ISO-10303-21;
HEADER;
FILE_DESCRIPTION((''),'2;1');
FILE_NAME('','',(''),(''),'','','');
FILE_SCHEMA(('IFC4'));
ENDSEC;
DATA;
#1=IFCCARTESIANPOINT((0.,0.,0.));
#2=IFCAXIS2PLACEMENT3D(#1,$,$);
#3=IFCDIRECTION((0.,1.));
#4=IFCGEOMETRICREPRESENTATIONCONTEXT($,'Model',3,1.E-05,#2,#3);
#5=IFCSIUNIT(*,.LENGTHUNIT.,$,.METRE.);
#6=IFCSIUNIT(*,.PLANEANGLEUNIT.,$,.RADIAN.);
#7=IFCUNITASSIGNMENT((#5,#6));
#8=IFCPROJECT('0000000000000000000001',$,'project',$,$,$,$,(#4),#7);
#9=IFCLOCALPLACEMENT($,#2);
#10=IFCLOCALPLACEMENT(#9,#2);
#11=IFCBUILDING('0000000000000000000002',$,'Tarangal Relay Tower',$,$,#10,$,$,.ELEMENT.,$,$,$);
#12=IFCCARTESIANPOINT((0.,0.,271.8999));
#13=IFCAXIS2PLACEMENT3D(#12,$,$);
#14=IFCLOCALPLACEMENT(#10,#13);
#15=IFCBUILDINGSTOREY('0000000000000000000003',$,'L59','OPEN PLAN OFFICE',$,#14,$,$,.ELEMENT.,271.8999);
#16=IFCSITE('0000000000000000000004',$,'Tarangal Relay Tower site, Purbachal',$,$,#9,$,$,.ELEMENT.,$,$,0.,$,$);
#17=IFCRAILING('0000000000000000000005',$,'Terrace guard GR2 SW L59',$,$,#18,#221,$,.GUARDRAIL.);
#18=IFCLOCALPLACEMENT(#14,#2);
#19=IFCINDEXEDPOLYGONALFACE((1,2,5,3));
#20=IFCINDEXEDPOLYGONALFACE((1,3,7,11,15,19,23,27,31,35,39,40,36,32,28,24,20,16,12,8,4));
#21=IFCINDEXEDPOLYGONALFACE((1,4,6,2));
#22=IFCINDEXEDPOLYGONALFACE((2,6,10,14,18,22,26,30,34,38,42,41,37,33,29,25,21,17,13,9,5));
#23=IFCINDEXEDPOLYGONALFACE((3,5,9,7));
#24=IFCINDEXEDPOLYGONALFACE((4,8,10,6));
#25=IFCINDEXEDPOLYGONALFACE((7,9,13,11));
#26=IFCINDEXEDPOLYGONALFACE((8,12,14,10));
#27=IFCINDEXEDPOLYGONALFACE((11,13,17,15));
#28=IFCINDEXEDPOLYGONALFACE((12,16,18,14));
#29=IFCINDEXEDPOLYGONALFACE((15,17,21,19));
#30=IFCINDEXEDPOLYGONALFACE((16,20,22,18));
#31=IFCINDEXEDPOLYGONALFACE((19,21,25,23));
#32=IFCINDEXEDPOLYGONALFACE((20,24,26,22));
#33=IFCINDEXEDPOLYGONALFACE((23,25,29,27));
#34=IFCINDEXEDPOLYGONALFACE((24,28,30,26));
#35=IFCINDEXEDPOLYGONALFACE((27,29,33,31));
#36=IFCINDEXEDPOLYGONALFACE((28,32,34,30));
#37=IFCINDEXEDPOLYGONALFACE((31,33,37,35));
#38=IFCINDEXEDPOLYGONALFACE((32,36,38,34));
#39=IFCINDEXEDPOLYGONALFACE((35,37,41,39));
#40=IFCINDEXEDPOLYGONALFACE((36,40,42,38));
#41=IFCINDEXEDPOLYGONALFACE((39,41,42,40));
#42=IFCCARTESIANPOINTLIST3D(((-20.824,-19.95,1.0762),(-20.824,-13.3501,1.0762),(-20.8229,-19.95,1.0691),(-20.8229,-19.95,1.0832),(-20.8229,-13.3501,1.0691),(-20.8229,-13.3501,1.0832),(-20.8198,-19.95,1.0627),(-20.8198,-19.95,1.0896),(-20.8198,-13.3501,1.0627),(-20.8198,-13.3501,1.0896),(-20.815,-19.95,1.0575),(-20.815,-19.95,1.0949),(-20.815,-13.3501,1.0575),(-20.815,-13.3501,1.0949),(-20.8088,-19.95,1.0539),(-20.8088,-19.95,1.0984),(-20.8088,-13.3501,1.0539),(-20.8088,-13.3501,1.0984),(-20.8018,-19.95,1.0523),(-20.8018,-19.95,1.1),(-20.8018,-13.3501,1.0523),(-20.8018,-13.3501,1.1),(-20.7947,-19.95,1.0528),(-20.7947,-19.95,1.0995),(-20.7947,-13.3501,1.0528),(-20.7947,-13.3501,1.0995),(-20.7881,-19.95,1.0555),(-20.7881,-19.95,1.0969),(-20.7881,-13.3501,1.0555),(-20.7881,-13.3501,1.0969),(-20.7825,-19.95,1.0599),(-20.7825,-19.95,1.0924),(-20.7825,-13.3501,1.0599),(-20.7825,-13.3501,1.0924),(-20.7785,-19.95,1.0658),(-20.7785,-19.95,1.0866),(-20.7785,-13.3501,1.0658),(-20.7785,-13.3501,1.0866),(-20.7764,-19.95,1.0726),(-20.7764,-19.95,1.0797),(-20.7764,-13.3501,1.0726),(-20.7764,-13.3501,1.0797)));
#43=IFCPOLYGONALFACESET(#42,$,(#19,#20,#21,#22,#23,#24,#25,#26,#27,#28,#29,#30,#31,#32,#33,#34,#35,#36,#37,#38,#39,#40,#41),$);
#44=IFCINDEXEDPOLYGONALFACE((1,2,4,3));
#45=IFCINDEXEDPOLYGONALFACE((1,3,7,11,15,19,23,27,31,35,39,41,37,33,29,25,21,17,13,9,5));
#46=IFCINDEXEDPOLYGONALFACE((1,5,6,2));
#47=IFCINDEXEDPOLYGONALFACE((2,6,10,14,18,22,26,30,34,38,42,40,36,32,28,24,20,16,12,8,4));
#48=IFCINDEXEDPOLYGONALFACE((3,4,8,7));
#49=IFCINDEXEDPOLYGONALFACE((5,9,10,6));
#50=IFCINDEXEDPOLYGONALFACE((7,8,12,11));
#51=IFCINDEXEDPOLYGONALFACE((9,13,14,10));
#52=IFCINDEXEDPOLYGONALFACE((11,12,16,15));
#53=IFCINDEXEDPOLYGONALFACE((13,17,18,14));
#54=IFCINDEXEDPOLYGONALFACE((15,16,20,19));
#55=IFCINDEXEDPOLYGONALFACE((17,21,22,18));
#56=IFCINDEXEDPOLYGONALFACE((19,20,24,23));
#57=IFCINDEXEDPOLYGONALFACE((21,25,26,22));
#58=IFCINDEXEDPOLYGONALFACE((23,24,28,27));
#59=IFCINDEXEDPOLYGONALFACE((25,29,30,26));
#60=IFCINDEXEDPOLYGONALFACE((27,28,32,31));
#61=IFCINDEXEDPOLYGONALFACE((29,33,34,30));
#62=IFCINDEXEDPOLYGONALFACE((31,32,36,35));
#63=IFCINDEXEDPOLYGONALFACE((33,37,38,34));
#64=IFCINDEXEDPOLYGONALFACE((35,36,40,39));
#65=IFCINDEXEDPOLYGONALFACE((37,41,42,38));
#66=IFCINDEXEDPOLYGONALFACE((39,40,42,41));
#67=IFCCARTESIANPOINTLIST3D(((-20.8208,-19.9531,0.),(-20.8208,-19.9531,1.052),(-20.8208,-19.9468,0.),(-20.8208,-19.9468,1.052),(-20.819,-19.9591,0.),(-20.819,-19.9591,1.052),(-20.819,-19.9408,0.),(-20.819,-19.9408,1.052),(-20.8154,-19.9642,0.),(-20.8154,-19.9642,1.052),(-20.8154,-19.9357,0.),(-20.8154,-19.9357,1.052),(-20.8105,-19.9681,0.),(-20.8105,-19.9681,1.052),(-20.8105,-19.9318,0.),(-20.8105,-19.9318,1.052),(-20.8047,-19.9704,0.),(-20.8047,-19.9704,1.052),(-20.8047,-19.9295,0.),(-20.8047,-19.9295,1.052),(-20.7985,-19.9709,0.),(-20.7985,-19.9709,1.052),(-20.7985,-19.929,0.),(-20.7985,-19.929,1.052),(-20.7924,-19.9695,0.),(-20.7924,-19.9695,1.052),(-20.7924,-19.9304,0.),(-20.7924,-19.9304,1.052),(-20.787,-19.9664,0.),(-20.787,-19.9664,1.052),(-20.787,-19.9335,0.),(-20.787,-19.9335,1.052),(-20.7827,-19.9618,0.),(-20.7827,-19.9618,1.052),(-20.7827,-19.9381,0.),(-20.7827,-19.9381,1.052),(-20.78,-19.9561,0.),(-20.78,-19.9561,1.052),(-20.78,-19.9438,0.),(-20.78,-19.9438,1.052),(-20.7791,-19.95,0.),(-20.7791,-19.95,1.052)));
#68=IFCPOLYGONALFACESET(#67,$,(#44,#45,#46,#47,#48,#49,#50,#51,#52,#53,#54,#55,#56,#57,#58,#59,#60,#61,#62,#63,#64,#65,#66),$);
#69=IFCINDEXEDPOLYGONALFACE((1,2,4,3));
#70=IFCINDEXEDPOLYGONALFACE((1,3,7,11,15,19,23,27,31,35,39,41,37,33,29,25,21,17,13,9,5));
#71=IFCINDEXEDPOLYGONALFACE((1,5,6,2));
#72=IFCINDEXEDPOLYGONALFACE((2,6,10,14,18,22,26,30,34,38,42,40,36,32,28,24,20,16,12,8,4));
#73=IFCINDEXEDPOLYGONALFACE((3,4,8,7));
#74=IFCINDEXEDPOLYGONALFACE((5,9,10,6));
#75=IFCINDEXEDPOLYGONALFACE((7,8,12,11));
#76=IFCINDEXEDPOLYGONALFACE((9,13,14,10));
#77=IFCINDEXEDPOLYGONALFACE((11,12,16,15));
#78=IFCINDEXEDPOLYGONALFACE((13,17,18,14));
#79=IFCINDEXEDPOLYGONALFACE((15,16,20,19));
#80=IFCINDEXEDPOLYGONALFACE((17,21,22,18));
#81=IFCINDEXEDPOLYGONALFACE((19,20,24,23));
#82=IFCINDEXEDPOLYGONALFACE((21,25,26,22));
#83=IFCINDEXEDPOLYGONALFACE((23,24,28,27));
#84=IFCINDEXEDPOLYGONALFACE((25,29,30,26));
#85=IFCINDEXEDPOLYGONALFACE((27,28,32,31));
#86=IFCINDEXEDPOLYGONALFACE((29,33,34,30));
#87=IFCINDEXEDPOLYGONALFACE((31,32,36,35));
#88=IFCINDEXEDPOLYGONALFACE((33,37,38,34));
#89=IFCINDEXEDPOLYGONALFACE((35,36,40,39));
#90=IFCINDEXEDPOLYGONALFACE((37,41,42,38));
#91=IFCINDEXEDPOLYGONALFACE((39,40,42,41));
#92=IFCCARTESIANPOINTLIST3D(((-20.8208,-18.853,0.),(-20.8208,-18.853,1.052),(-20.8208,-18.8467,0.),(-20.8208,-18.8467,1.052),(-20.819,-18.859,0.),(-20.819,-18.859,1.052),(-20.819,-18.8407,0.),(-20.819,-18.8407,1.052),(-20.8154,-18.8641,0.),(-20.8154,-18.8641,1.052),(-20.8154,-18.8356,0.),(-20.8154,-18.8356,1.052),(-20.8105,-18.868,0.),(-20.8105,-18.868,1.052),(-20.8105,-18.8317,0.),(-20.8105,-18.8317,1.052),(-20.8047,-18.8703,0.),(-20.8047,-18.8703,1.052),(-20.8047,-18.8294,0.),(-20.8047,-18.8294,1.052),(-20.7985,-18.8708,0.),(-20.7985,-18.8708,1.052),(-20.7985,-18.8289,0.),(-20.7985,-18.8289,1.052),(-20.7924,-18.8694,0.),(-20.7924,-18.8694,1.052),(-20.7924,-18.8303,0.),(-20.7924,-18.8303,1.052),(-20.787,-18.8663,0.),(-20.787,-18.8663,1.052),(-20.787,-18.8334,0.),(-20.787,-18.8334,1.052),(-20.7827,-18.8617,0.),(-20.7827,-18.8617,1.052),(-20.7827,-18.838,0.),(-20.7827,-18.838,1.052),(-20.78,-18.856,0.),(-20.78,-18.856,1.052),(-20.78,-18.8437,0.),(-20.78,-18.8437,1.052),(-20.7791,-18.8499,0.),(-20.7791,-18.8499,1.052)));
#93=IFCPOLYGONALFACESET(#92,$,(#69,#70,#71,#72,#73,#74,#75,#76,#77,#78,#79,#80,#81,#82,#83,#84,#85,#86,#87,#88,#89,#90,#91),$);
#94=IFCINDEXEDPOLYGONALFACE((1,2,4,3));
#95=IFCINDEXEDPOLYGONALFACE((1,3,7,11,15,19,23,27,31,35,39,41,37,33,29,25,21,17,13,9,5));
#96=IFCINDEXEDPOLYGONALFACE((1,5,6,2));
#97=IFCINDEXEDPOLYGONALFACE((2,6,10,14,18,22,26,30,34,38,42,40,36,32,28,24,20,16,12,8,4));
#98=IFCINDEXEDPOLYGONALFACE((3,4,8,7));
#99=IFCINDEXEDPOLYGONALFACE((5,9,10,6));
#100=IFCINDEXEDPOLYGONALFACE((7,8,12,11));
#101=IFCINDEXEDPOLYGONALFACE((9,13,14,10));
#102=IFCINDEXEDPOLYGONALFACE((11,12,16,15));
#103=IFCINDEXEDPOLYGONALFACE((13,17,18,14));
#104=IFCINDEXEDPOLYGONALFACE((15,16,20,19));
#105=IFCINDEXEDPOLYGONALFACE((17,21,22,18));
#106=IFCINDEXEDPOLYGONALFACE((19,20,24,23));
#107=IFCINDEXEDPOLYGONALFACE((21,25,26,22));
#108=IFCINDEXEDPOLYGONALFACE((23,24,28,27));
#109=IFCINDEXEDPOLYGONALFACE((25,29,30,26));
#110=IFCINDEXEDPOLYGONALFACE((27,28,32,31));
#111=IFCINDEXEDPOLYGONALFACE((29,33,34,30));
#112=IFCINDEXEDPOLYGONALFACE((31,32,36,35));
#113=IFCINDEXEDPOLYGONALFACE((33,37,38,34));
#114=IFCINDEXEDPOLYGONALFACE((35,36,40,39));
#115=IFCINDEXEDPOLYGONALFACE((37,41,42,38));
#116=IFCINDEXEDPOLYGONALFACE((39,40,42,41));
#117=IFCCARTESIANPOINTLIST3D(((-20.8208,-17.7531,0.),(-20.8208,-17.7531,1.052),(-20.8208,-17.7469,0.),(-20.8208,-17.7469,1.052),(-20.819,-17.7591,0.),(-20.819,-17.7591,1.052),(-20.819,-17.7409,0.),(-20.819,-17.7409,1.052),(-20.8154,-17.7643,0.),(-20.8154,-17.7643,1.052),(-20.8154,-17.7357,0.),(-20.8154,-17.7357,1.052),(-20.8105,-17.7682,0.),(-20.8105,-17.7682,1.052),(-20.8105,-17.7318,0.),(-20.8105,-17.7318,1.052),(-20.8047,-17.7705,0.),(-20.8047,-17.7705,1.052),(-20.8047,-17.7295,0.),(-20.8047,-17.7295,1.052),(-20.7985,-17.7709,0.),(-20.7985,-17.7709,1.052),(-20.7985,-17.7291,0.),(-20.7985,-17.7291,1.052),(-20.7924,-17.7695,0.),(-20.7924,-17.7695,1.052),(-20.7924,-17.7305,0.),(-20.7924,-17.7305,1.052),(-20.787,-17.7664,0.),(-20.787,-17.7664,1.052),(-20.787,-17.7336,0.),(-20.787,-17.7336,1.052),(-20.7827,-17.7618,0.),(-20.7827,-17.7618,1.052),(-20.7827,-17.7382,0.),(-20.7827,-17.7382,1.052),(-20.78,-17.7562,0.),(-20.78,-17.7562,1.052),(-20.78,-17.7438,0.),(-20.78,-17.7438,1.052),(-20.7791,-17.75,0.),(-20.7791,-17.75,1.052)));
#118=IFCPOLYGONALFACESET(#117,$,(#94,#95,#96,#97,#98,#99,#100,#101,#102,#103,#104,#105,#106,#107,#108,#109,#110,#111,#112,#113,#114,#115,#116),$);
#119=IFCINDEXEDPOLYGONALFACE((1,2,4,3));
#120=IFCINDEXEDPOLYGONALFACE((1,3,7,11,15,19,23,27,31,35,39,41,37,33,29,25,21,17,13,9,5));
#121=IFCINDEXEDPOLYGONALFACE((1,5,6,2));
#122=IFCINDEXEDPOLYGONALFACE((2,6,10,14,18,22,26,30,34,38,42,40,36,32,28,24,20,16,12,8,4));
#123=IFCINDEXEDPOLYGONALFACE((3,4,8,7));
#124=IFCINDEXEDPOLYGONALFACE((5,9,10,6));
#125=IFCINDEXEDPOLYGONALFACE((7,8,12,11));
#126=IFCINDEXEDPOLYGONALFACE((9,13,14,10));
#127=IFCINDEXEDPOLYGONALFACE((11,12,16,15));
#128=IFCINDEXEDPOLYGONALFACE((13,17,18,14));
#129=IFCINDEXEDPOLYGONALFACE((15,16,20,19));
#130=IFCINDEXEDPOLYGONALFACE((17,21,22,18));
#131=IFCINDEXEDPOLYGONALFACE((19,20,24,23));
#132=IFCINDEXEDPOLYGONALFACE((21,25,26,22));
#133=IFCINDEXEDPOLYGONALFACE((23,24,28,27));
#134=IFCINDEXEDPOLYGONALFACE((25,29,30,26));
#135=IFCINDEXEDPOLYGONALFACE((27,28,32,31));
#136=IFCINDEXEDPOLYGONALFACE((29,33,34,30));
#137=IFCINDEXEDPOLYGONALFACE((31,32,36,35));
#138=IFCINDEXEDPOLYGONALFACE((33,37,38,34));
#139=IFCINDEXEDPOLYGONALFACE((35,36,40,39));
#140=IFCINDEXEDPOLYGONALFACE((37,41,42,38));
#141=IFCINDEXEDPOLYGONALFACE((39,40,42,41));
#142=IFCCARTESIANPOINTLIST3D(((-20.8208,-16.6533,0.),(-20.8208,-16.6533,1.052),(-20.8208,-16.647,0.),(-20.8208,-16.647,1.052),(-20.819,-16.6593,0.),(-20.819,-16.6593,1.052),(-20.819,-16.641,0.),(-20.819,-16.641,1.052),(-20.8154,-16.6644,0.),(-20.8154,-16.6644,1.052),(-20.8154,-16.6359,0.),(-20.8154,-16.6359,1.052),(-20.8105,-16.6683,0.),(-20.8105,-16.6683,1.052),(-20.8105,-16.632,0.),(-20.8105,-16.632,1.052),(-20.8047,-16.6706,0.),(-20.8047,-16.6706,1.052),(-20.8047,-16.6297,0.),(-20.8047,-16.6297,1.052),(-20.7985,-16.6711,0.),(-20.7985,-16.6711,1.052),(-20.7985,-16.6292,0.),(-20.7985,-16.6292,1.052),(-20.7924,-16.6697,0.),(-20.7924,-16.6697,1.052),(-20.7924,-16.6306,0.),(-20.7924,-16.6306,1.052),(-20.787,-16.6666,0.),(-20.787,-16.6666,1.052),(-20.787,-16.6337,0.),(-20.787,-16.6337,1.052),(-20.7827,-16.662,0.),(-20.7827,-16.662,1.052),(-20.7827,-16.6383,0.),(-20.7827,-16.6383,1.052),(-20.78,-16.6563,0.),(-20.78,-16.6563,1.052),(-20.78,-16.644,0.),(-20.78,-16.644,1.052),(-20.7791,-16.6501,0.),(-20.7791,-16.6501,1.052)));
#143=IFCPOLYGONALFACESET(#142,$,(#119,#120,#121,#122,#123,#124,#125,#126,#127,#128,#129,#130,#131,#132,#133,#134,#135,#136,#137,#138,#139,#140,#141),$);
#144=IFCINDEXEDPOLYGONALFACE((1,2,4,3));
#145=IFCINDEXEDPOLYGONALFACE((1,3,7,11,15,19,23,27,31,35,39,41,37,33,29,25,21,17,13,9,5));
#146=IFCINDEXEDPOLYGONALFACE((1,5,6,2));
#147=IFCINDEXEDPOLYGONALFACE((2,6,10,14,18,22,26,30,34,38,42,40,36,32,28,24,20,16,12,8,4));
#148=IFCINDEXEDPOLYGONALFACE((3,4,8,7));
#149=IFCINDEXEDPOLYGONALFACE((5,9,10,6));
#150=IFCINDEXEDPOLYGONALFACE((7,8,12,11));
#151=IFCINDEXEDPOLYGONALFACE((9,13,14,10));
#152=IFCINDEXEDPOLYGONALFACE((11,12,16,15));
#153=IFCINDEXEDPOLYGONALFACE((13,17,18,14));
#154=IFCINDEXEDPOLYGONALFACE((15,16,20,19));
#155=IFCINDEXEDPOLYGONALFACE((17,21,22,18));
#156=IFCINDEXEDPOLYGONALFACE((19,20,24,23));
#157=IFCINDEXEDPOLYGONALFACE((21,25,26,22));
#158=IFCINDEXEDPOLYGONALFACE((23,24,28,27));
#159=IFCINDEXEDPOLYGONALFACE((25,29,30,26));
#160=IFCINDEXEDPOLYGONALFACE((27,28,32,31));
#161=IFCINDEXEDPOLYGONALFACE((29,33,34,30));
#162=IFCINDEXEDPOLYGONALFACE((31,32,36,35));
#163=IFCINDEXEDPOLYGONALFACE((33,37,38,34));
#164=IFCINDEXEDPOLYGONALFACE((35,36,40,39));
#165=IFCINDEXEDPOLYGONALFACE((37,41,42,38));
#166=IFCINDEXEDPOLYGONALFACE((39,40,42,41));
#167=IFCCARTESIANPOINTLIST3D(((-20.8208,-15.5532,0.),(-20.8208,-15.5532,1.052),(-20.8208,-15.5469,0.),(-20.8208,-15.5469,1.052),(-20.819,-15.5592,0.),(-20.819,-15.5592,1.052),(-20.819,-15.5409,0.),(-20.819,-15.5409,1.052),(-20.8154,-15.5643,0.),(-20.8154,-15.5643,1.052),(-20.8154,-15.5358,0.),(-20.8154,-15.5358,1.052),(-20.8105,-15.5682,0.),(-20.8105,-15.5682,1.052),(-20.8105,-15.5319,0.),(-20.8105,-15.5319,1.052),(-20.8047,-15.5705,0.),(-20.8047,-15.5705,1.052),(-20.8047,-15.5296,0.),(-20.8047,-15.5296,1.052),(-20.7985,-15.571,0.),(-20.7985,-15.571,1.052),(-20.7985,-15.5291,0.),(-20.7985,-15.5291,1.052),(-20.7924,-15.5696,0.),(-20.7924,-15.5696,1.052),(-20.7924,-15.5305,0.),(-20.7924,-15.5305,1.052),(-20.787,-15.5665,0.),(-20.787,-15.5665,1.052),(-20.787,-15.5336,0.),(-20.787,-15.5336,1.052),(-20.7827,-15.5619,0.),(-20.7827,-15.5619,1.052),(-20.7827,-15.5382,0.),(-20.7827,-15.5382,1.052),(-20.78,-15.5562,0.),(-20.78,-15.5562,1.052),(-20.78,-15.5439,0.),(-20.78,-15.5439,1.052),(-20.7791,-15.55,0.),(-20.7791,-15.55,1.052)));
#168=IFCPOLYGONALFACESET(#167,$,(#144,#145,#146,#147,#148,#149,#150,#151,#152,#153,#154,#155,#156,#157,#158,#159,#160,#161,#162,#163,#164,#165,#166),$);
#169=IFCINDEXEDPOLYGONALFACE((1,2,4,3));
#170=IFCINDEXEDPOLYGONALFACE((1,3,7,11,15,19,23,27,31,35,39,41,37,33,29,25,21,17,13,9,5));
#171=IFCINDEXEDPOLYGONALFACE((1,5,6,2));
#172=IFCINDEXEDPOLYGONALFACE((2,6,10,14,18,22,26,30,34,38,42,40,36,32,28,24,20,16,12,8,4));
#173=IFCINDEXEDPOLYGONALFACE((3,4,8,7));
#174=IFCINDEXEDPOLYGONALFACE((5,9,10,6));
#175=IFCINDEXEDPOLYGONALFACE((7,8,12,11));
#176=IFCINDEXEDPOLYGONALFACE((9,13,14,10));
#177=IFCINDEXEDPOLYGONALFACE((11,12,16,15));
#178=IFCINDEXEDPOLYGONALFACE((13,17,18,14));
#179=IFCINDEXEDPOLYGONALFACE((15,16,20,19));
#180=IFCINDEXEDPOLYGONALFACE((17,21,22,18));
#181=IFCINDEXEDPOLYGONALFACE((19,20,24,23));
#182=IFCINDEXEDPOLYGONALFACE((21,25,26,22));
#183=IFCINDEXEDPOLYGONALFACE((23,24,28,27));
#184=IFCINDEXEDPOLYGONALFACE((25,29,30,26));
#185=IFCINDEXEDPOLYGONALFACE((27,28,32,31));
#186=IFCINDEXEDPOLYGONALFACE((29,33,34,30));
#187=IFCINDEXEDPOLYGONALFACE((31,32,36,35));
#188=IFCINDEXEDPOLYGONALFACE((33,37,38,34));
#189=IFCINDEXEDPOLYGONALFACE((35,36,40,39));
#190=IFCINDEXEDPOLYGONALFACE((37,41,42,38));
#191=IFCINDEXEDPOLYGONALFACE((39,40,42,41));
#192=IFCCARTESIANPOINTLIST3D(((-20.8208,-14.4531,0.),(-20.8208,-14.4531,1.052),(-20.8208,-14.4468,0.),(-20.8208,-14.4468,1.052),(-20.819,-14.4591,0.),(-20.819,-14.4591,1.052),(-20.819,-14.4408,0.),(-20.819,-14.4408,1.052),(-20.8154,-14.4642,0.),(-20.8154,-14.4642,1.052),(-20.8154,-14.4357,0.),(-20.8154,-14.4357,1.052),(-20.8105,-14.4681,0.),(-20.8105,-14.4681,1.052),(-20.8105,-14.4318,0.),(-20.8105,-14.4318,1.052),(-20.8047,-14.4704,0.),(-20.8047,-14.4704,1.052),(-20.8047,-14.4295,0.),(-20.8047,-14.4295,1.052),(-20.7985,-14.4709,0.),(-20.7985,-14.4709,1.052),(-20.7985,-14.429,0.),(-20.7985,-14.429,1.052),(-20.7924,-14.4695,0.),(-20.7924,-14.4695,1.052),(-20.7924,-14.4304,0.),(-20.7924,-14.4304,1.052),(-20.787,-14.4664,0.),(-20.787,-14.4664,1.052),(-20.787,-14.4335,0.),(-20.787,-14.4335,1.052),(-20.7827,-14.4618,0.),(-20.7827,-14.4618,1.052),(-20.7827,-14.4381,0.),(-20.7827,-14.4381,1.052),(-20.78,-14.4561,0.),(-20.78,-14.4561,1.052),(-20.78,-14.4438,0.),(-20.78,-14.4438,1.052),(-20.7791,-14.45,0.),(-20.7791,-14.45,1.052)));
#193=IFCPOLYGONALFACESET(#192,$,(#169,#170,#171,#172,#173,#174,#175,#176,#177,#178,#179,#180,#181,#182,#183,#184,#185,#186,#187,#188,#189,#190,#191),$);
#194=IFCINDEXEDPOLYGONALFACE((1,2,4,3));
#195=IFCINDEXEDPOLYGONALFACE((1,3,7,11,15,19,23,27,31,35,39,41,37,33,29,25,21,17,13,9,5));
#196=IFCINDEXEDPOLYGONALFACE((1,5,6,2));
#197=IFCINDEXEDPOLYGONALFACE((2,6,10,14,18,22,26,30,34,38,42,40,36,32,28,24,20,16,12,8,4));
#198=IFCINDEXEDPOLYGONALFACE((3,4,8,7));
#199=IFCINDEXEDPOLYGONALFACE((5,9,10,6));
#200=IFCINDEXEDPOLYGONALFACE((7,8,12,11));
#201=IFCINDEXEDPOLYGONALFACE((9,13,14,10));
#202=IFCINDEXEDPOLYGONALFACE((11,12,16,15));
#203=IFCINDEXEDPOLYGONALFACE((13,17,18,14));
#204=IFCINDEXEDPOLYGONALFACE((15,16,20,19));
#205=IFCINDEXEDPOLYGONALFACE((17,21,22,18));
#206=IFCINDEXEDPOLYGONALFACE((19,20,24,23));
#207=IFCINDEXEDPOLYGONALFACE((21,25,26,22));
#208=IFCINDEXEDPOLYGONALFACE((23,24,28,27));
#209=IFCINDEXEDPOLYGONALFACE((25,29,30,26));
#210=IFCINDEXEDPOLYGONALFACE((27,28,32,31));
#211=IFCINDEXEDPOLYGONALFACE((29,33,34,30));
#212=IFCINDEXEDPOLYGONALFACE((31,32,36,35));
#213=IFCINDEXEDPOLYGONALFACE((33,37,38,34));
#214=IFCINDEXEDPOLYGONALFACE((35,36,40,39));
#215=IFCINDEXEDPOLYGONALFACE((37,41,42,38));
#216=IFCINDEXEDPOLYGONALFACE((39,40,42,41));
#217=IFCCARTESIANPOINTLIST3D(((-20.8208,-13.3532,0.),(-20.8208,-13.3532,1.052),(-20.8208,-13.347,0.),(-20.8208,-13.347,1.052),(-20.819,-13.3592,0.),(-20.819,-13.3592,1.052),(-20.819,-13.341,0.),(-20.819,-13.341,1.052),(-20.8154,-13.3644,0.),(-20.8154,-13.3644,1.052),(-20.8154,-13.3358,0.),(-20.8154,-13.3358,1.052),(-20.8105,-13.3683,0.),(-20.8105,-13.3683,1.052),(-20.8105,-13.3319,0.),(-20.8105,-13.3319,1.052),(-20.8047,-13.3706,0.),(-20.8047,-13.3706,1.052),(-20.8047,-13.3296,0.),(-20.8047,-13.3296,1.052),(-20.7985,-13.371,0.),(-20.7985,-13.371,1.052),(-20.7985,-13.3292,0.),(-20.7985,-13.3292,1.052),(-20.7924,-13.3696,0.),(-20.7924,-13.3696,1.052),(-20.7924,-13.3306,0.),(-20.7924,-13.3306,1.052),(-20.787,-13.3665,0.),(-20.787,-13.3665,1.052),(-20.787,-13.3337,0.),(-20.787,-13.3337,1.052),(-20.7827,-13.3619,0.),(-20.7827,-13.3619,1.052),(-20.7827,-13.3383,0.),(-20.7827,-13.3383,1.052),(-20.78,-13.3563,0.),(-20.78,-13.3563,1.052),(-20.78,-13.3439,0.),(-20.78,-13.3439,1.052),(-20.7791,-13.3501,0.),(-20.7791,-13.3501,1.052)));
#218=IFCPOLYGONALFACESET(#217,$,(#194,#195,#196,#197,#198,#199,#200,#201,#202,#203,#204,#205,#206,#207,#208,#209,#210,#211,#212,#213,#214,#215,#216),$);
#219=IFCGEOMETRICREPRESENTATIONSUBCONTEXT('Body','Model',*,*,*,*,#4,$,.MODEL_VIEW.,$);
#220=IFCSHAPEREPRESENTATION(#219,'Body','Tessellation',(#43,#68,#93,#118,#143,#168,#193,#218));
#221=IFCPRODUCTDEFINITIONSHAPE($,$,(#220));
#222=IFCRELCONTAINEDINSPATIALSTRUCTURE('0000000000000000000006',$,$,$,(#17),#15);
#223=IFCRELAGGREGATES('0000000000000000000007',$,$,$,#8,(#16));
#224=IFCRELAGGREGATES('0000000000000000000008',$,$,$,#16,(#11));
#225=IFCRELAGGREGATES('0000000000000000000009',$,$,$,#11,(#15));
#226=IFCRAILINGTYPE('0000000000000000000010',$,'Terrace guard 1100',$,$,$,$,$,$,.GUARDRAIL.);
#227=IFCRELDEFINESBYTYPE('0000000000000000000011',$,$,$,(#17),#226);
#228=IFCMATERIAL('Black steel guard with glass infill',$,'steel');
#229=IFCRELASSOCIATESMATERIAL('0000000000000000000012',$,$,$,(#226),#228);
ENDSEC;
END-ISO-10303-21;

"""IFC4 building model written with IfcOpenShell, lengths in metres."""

from ifc_helpers import new_model, si_unit, direction, frame, origin, origin_2d, place, context, subcontext, project, spatial, circle, extrude, material, type_object, element, save


model = new_model("IFC4")

# Units and contexts
model_context = context("Model", 3, precision=1e-05, world=origin(), true_north=direction((0.0, 1.0)))
body_context = subcontext(model_context, "Body", "Model", "MODEL_VIEW")
ifc_project = project(units=[si_unit("LENGTHUNIT", "METRE"), si_unit("PLANEANGLEUNIT", "RADIAN")], contexts=[model_context])

# Site, building, storey
site_placement = place(None, origin())
site = spatial("IfcSite", under=ifc_project, at=site_placement, Name="Tarangal Relay Tower site, Purbachal", CompositionType="ELEMENT", RefElevation=0.0)
building_placement = place(site_placement, origin())
building = spatial("IfcBuilding", under=site, at=building_placement, Name="Tarangal Relay Tower", CompositionType="ELEMENT")
storey_placement = place(building_placement, frame((0.0, 0.0, 271.8999)))
storey = spatial("IfcBuildingStorey", under=building, at=storey_placement, Name="L59", Description="OPEN PLAN OFFICE", CompositionType="ELEMENT", Elevation=271.8999)

# Railing
ifc_material_1 = material(Name="Black steel guard with glass infill", Category="steel")
railing_type = type_object("IfcRailingType", Name="Terrace guard 1100", PredefinedType="GUARDRAIL", material=ifc_material_1)
railing_1_placement = place(storey_placement, frame((-20.8, -19.95, 0.0)))
element("IfcRailing", 1, at=railing_1_placement, inside=storey, type_object=railing_type, Name="Terrace guard GR2 SW L59", PredefinedType="GUARDRAIL", context=body_context, shape_type="SweptSolid", body=[
    extrude(circle(Radius=0.0239, at=origin_2d()), frame((0.0, 0.0, 1.0762), z_axis=(0.0, 1.0, 0.0), x_axis=(-1.0, 0.0, 0.0)), (0.0, 0.0, 1.0), 6.5999),
    extrude(circle(Radius=0.021, at=origin_2d()), origin(), (0.0, 0.0, 1.0), 1.052),
    extrude(circle(Radius=0.021, at=origin_2d()), frame((0.0, 1.1001, 0.0)), (0.0, 0.0, 1.0), 1.052),
    extrude(circle(Radius=0.021, at=origin_2d()), frame((0.0, 2.2, 0.0)), (0.0, 0.0, 1.0), 1.052),
    extrude(circle(Radius=0.021, at=origin_2d()), frame((0.0, 3.2998, 0.0)), (0.0, 0.0, 1.0), 1.052),
    extrude(circle(Radius=0.021, at=origin_2d()), frame((0.0, 4.3999, 0.0)), (0.0, 0.0, 1.0), 1.052),
    extrude(circle(Radius=0.021, at=origin_2d()), frame((0.0, 5.5, 0.0)), (0.0, 0.0, 1.0), 1.052),
    extrude(circle(Radius=0.021, at=origin_2d()), frame((0.0, 6.5999, 0.0)), (0.0, 0.0, 1.0), 1.052),
])

save(model, "model.ifc")
